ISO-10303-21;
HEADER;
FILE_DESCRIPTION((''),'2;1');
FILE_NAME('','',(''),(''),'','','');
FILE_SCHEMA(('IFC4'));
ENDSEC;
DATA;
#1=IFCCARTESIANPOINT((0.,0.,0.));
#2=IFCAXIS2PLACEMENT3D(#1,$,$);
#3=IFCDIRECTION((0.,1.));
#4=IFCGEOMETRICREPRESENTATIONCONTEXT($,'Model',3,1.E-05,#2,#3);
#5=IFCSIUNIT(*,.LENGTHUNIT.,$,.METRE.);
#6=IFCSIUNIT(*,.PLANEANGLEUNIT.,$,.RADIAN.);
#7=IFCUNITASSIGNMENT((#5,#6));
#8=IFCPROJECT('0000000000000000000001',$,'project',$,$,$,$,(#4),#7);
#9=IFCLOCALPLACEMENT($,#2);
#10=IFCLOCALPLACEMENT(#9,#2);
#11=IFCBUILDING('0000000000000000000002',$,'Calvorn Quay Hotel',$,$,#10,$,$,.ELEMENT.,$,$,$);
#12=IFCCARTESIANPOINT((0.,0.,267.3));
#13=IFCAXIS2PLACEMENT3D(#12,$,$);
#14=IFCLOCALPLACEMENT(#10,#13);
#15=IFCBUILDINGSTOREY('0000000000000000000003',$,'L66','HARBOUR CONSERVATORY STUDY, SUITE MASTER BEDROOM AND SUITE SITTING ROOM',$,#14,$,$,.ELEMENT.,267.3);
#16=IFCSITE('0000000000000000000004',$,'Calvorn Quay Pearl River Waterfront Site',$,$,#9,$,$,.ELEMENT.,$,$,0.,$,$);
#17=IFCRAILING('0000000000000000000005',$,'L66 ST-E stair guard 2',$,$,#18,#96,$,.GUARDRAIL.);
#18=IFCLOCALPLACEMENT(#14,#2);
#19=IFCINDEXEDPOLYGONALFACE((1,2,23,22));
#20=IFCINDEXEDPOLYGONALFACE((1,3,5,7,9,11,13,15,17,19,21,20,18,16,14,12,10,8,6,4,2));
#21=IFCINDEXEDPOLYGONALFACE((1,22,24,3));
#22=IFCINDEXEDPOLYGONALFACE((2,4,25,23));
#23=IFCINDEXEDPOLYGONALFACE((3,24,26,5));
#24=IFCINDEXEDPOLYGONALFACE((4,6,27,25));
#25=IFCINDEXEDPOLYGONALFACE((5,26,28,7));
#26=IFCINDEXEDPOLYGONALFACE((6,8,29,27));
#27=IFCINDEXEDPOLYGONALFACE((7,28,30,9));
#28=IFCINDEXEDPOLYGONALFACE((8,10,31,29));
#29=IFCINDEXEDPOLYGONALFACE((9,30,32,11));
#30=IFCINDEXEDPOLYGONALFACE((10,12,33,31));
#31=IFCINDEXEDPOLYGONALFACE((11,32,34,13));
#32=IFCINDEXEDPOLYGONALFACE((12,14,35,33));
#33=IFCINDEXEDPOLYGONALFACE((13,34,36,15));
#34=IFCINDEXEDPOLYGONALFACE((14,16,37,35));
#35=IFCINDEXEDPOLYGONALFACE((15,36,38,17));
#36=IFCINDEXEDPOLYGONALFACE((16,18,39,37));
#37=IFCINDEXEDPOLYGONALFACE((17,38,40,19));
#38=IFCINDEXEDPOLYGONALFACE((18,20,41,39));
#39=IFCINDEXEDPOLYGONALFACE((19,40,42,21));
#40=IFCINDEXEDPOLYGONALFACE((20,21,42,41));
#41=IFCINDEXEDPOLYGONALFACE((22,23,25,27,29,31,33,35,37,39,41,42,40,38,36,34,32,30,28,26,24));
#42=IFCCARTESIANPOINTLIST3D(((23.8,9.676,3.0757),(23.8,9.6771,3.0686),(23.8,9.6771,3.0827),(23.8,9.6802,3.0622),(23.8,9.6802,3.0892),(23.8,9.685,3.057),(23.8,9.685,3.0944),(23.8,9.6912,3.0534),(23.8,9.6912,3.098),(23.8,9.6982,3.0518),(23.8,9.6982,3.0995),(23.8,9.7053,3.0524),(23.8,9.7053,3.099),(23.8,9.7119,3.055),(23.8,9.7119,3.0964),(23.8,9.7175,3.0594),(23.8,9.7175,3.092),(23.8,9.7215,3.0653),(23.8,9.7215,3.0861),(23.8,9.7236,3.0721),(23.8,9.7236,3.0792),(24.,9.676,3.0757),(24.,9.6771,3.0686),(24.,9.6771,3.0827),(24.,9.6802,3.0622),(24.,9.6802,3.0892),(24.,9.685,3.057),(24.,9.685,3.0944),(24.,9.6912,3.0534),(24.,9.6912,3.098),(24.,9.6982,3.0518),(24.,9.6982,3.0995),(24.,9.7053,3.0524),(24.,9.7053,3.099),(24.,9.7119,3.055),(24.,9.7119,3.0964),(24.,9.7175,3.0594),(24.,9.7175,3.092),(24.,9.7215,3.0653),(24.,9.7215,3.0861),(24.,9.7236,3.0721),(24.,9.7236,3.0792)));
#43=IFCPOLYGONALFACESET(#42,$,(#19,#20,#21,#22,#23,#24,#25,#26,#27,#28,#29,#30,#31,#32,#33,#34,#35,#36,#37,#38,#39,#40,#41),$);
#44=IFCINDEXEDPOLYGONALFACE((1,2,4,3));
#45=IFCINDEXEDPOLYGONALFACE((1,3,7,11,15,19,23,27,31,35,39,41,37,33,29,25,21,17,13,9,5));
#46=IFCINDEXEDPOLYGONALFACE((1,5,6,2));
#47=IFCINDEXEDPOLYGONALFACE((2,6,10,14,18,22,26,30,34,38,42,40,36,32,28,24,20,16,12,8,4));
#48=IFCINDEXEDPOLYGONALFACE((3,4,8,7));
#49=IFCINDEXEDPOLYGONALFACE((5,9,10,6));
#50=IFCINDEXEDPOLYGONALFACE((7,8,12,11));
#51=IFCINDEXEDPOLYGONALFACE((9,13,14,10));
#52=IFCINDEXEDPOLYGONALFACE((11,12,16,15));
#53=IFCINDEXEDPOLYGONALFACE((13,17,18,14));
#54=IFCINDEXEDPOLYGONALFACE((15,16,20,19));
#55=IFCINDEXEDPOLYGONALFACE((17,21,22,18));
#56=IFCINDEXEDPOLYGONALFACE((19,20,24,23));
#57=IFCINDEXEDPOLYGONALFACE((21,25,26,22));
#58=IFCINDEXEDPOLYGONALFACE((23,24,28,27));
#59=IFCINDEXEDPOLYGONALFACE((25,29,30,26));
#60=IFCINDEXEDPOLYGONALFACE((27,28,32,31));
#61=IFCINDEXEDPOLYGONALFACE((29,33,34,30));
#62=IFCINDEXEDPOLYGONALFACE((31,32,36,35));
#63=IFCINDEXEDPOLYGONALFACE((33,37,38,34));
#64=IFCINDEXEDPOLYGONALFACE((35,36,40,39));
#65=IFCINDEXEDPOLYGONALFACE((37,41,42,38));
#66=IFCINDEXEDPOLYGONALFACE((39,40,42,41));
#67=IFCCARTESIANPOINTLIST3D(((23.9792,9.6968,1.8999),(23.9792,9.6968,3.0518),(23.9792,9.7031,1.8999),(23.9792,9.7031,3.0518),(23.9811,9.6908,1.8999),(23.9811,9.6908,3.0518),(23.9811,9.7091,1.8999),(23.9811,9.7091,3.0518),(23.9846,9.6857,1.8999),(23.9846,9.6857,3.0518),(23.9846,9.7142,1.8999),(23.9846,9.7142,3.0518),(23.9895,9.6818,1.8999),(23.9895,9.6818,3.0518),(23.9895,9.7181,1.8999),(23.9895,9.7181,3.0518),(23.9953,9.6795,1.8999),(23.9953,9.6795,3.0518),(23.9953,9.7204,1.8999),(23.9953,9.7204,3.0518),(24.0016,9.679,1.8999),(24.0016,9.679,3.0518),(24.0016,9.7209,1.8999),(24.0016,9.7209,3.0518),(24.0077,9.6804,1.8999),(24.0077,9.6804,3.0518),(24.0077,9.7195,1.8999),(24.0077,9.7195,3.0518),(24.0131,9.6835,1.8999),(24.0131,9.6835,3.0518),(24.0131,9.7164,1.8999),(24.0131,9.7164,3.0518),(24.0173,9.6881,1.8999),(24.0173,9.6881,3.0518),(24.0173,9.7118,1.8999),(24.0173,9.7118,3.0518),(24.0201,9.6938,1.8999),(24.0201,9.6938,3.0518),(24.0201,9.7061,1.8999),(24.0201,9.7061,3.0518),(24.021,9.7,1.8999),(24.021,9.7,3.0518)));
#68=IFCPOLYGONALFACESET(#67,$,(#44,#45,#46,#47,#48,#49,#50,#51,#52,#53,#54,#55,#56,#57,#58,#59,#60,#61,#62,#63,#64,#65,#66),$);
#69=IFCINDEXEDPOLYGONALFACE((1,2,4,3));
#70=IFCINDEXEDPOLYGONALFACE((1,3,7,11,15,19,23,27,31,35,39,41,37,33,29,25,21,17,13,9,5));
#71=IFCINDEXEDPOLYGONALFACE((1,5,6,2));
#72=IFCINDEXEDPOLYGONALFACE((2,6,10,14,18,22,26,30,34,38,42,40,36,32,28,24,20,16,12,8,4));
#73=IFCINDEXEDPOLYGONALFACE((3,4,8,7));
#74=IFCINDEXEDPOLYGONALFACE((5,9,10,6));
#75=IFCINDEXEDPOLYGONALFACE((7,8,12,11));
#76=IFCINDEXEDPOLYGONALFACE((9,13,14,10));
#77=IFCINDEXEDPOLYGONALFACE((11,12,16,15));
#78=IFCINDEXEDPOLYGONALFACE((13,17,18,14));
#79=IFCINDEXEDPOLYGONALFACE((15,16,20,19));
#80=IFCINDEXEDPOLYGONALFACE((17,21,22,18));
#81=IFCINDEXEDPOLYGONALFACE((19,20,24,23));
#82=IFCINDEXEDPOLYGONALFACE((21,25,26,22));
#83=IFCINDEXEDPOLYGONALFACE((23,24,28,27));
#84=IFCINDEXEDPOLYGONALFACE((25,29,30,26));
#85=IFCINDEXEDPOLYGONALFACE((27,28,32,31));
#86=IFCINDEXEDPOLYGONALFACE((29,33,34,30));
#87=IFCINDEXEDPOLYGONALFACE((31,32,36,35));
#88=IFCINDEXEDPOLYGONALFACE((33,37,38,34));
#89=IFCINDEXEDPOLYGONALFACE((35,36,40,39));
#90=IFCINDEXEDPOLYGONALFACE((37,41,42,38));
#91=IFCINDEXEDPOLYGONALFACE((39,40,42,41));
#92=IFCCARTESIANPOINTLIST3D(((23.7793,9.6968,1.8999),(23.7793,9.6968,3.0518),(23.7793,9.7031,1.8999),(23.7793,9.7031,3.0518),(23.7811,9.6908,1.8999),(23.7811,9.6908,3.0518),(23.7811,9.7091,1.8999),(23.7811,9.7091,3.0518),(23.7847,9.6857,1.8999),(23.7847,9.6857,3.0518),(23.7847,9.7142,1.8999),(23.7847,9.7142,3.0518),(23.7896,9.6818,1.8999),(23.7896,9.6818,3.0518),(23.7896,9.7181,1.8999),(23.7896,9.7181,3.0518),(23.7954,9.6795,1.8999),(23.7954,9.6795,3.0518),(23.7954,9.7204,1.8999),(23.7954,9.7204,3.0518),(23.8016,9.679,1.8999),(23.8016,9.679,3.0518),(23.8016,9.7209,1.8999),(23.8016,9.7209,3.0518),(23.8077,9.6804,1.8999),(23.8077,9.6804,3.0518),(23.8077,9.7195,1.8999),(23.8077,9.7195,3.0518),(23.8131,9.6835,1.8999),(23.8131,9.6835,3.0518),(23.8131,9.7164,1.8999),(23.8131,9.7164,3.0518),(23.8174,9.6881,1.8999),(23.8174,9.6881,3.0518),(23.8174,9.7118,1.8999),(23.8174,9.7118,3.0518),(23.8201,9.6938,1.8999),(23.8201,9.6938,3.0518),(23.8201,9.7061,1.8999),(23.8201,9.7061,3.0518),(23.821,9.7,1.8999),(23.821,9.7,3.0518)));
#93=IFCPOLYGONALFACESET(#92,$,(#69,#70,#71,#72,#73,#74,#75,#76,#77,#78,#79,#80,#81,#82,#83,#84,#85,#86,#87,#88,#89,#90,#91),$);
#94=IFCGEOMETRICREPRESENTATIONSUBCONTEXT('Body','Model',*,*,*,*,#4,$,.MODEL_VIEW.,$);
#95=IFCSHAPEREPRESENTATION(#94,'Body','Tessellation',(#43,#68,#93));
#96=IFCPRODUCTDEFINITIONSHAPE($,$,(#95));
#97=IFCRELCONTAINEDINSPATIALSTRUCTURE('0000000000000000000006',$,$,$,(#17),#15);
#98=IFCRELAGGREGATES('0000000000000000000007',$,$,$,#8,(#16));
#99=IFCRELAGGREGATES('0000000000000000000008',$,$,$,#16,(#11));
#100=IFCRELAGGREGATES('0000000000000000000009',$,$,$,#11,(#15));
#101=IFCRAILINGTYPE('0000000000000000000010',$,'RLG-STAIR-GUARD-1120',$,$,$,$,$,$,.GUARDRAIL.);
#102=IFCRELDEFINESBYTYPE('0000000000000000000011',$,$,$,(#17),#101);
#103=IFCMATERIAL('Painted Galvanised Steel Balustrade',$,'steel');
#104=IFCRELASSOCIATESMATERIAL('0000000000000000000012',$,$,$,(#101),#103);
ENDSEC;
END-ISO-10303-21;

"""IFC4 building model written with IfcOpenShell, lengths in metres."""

from ifc_helpers import new_model, si_unit, direction, frame, origin, origin_2d, place, context, subcontext, project, spatial, circle, extrude, material, type_object, element, save


model = new_model("IFC4")

# Units and contexts
model_context = context("Model", 3, precision=1e-05, world=origin(), true_north=direction((0.0, 1.0)))
body_context = subcontext(model_context, "Body", "Model", "MODEL_VIEW")
ifc_project = project(units=[si_unit("LENGTHUNIT", "METRE"), si_unit("PLANEANGLEUNIT", "RADIAN")], contexts=[model_context])

# Site, building, storey
site_placement = place(None, origin())
site = spatial("IfcSite", under=ifc_project, at=site_placement, Name="Calvorn Quay Pearl River Waterfront Site", CompositionType="ELEMENT", RefElevation=0.0)
building_placement = place(site_placement, origin())
building = spatial("IfcBuilding", under=site, at=building_placement, Name="Calvorn Quay Hotel", CompositionType="ELEMENT")
storey_placement = place(building_placement, frame((0.0, 0.0, 267.3)))
storey = spatial("IfcBuildingStorey", under=building, at=storey_placement, Name="L66", Description="HARBOUR CONSERVATORY STUDY, SUITE MASTER BEDROOM AND SUITE SITTING ROOM", CompositionType="ELEMENT", Elevation=267.3)

# Railing
ifc_material_1 = material(Name="Painted Galvanised Steel Balustrade", Category="steel")
railing_type_1 = type_object("IfcRailingType", Name="RLG-STAIR-GUARD-1120", PredefinedType="GUARDRAIL", material=ifc_material_1)
railing_1_placement = place(storey_placement, frame((24.0, 9.7, 1.8999)))
element("IfcRailing", 1, at=railing_1_placement, inside=storey, type_object=railing_type_1, Name="L66 ST-E stair guard 2", PredefinedType="GUARDRAIL", context=body_context, shape_type="SweptSolid", body=[
    extrude(circle(Radius=0.0239, at=origin_2d()), frame((0.0, 0.0, 1.1758), z_axis=(-1.0, 0.0, 0.0), x_axis=(0.0, -1.0, 0.0)), (0.0, 0.0, 1.0), 0.2),
    extrude(circle(Radius=0.021, at=origin_2d()), origin(), (0.0, 0.0, 1.0), 1.1519),
    extrude(circle(Radius=0.021, at=origin_2d()), frame((-0.2, 0.0, 0.0)), (0.0, 0.0, 1.0), 1.1519),
])

save(model, "model.ifc")
